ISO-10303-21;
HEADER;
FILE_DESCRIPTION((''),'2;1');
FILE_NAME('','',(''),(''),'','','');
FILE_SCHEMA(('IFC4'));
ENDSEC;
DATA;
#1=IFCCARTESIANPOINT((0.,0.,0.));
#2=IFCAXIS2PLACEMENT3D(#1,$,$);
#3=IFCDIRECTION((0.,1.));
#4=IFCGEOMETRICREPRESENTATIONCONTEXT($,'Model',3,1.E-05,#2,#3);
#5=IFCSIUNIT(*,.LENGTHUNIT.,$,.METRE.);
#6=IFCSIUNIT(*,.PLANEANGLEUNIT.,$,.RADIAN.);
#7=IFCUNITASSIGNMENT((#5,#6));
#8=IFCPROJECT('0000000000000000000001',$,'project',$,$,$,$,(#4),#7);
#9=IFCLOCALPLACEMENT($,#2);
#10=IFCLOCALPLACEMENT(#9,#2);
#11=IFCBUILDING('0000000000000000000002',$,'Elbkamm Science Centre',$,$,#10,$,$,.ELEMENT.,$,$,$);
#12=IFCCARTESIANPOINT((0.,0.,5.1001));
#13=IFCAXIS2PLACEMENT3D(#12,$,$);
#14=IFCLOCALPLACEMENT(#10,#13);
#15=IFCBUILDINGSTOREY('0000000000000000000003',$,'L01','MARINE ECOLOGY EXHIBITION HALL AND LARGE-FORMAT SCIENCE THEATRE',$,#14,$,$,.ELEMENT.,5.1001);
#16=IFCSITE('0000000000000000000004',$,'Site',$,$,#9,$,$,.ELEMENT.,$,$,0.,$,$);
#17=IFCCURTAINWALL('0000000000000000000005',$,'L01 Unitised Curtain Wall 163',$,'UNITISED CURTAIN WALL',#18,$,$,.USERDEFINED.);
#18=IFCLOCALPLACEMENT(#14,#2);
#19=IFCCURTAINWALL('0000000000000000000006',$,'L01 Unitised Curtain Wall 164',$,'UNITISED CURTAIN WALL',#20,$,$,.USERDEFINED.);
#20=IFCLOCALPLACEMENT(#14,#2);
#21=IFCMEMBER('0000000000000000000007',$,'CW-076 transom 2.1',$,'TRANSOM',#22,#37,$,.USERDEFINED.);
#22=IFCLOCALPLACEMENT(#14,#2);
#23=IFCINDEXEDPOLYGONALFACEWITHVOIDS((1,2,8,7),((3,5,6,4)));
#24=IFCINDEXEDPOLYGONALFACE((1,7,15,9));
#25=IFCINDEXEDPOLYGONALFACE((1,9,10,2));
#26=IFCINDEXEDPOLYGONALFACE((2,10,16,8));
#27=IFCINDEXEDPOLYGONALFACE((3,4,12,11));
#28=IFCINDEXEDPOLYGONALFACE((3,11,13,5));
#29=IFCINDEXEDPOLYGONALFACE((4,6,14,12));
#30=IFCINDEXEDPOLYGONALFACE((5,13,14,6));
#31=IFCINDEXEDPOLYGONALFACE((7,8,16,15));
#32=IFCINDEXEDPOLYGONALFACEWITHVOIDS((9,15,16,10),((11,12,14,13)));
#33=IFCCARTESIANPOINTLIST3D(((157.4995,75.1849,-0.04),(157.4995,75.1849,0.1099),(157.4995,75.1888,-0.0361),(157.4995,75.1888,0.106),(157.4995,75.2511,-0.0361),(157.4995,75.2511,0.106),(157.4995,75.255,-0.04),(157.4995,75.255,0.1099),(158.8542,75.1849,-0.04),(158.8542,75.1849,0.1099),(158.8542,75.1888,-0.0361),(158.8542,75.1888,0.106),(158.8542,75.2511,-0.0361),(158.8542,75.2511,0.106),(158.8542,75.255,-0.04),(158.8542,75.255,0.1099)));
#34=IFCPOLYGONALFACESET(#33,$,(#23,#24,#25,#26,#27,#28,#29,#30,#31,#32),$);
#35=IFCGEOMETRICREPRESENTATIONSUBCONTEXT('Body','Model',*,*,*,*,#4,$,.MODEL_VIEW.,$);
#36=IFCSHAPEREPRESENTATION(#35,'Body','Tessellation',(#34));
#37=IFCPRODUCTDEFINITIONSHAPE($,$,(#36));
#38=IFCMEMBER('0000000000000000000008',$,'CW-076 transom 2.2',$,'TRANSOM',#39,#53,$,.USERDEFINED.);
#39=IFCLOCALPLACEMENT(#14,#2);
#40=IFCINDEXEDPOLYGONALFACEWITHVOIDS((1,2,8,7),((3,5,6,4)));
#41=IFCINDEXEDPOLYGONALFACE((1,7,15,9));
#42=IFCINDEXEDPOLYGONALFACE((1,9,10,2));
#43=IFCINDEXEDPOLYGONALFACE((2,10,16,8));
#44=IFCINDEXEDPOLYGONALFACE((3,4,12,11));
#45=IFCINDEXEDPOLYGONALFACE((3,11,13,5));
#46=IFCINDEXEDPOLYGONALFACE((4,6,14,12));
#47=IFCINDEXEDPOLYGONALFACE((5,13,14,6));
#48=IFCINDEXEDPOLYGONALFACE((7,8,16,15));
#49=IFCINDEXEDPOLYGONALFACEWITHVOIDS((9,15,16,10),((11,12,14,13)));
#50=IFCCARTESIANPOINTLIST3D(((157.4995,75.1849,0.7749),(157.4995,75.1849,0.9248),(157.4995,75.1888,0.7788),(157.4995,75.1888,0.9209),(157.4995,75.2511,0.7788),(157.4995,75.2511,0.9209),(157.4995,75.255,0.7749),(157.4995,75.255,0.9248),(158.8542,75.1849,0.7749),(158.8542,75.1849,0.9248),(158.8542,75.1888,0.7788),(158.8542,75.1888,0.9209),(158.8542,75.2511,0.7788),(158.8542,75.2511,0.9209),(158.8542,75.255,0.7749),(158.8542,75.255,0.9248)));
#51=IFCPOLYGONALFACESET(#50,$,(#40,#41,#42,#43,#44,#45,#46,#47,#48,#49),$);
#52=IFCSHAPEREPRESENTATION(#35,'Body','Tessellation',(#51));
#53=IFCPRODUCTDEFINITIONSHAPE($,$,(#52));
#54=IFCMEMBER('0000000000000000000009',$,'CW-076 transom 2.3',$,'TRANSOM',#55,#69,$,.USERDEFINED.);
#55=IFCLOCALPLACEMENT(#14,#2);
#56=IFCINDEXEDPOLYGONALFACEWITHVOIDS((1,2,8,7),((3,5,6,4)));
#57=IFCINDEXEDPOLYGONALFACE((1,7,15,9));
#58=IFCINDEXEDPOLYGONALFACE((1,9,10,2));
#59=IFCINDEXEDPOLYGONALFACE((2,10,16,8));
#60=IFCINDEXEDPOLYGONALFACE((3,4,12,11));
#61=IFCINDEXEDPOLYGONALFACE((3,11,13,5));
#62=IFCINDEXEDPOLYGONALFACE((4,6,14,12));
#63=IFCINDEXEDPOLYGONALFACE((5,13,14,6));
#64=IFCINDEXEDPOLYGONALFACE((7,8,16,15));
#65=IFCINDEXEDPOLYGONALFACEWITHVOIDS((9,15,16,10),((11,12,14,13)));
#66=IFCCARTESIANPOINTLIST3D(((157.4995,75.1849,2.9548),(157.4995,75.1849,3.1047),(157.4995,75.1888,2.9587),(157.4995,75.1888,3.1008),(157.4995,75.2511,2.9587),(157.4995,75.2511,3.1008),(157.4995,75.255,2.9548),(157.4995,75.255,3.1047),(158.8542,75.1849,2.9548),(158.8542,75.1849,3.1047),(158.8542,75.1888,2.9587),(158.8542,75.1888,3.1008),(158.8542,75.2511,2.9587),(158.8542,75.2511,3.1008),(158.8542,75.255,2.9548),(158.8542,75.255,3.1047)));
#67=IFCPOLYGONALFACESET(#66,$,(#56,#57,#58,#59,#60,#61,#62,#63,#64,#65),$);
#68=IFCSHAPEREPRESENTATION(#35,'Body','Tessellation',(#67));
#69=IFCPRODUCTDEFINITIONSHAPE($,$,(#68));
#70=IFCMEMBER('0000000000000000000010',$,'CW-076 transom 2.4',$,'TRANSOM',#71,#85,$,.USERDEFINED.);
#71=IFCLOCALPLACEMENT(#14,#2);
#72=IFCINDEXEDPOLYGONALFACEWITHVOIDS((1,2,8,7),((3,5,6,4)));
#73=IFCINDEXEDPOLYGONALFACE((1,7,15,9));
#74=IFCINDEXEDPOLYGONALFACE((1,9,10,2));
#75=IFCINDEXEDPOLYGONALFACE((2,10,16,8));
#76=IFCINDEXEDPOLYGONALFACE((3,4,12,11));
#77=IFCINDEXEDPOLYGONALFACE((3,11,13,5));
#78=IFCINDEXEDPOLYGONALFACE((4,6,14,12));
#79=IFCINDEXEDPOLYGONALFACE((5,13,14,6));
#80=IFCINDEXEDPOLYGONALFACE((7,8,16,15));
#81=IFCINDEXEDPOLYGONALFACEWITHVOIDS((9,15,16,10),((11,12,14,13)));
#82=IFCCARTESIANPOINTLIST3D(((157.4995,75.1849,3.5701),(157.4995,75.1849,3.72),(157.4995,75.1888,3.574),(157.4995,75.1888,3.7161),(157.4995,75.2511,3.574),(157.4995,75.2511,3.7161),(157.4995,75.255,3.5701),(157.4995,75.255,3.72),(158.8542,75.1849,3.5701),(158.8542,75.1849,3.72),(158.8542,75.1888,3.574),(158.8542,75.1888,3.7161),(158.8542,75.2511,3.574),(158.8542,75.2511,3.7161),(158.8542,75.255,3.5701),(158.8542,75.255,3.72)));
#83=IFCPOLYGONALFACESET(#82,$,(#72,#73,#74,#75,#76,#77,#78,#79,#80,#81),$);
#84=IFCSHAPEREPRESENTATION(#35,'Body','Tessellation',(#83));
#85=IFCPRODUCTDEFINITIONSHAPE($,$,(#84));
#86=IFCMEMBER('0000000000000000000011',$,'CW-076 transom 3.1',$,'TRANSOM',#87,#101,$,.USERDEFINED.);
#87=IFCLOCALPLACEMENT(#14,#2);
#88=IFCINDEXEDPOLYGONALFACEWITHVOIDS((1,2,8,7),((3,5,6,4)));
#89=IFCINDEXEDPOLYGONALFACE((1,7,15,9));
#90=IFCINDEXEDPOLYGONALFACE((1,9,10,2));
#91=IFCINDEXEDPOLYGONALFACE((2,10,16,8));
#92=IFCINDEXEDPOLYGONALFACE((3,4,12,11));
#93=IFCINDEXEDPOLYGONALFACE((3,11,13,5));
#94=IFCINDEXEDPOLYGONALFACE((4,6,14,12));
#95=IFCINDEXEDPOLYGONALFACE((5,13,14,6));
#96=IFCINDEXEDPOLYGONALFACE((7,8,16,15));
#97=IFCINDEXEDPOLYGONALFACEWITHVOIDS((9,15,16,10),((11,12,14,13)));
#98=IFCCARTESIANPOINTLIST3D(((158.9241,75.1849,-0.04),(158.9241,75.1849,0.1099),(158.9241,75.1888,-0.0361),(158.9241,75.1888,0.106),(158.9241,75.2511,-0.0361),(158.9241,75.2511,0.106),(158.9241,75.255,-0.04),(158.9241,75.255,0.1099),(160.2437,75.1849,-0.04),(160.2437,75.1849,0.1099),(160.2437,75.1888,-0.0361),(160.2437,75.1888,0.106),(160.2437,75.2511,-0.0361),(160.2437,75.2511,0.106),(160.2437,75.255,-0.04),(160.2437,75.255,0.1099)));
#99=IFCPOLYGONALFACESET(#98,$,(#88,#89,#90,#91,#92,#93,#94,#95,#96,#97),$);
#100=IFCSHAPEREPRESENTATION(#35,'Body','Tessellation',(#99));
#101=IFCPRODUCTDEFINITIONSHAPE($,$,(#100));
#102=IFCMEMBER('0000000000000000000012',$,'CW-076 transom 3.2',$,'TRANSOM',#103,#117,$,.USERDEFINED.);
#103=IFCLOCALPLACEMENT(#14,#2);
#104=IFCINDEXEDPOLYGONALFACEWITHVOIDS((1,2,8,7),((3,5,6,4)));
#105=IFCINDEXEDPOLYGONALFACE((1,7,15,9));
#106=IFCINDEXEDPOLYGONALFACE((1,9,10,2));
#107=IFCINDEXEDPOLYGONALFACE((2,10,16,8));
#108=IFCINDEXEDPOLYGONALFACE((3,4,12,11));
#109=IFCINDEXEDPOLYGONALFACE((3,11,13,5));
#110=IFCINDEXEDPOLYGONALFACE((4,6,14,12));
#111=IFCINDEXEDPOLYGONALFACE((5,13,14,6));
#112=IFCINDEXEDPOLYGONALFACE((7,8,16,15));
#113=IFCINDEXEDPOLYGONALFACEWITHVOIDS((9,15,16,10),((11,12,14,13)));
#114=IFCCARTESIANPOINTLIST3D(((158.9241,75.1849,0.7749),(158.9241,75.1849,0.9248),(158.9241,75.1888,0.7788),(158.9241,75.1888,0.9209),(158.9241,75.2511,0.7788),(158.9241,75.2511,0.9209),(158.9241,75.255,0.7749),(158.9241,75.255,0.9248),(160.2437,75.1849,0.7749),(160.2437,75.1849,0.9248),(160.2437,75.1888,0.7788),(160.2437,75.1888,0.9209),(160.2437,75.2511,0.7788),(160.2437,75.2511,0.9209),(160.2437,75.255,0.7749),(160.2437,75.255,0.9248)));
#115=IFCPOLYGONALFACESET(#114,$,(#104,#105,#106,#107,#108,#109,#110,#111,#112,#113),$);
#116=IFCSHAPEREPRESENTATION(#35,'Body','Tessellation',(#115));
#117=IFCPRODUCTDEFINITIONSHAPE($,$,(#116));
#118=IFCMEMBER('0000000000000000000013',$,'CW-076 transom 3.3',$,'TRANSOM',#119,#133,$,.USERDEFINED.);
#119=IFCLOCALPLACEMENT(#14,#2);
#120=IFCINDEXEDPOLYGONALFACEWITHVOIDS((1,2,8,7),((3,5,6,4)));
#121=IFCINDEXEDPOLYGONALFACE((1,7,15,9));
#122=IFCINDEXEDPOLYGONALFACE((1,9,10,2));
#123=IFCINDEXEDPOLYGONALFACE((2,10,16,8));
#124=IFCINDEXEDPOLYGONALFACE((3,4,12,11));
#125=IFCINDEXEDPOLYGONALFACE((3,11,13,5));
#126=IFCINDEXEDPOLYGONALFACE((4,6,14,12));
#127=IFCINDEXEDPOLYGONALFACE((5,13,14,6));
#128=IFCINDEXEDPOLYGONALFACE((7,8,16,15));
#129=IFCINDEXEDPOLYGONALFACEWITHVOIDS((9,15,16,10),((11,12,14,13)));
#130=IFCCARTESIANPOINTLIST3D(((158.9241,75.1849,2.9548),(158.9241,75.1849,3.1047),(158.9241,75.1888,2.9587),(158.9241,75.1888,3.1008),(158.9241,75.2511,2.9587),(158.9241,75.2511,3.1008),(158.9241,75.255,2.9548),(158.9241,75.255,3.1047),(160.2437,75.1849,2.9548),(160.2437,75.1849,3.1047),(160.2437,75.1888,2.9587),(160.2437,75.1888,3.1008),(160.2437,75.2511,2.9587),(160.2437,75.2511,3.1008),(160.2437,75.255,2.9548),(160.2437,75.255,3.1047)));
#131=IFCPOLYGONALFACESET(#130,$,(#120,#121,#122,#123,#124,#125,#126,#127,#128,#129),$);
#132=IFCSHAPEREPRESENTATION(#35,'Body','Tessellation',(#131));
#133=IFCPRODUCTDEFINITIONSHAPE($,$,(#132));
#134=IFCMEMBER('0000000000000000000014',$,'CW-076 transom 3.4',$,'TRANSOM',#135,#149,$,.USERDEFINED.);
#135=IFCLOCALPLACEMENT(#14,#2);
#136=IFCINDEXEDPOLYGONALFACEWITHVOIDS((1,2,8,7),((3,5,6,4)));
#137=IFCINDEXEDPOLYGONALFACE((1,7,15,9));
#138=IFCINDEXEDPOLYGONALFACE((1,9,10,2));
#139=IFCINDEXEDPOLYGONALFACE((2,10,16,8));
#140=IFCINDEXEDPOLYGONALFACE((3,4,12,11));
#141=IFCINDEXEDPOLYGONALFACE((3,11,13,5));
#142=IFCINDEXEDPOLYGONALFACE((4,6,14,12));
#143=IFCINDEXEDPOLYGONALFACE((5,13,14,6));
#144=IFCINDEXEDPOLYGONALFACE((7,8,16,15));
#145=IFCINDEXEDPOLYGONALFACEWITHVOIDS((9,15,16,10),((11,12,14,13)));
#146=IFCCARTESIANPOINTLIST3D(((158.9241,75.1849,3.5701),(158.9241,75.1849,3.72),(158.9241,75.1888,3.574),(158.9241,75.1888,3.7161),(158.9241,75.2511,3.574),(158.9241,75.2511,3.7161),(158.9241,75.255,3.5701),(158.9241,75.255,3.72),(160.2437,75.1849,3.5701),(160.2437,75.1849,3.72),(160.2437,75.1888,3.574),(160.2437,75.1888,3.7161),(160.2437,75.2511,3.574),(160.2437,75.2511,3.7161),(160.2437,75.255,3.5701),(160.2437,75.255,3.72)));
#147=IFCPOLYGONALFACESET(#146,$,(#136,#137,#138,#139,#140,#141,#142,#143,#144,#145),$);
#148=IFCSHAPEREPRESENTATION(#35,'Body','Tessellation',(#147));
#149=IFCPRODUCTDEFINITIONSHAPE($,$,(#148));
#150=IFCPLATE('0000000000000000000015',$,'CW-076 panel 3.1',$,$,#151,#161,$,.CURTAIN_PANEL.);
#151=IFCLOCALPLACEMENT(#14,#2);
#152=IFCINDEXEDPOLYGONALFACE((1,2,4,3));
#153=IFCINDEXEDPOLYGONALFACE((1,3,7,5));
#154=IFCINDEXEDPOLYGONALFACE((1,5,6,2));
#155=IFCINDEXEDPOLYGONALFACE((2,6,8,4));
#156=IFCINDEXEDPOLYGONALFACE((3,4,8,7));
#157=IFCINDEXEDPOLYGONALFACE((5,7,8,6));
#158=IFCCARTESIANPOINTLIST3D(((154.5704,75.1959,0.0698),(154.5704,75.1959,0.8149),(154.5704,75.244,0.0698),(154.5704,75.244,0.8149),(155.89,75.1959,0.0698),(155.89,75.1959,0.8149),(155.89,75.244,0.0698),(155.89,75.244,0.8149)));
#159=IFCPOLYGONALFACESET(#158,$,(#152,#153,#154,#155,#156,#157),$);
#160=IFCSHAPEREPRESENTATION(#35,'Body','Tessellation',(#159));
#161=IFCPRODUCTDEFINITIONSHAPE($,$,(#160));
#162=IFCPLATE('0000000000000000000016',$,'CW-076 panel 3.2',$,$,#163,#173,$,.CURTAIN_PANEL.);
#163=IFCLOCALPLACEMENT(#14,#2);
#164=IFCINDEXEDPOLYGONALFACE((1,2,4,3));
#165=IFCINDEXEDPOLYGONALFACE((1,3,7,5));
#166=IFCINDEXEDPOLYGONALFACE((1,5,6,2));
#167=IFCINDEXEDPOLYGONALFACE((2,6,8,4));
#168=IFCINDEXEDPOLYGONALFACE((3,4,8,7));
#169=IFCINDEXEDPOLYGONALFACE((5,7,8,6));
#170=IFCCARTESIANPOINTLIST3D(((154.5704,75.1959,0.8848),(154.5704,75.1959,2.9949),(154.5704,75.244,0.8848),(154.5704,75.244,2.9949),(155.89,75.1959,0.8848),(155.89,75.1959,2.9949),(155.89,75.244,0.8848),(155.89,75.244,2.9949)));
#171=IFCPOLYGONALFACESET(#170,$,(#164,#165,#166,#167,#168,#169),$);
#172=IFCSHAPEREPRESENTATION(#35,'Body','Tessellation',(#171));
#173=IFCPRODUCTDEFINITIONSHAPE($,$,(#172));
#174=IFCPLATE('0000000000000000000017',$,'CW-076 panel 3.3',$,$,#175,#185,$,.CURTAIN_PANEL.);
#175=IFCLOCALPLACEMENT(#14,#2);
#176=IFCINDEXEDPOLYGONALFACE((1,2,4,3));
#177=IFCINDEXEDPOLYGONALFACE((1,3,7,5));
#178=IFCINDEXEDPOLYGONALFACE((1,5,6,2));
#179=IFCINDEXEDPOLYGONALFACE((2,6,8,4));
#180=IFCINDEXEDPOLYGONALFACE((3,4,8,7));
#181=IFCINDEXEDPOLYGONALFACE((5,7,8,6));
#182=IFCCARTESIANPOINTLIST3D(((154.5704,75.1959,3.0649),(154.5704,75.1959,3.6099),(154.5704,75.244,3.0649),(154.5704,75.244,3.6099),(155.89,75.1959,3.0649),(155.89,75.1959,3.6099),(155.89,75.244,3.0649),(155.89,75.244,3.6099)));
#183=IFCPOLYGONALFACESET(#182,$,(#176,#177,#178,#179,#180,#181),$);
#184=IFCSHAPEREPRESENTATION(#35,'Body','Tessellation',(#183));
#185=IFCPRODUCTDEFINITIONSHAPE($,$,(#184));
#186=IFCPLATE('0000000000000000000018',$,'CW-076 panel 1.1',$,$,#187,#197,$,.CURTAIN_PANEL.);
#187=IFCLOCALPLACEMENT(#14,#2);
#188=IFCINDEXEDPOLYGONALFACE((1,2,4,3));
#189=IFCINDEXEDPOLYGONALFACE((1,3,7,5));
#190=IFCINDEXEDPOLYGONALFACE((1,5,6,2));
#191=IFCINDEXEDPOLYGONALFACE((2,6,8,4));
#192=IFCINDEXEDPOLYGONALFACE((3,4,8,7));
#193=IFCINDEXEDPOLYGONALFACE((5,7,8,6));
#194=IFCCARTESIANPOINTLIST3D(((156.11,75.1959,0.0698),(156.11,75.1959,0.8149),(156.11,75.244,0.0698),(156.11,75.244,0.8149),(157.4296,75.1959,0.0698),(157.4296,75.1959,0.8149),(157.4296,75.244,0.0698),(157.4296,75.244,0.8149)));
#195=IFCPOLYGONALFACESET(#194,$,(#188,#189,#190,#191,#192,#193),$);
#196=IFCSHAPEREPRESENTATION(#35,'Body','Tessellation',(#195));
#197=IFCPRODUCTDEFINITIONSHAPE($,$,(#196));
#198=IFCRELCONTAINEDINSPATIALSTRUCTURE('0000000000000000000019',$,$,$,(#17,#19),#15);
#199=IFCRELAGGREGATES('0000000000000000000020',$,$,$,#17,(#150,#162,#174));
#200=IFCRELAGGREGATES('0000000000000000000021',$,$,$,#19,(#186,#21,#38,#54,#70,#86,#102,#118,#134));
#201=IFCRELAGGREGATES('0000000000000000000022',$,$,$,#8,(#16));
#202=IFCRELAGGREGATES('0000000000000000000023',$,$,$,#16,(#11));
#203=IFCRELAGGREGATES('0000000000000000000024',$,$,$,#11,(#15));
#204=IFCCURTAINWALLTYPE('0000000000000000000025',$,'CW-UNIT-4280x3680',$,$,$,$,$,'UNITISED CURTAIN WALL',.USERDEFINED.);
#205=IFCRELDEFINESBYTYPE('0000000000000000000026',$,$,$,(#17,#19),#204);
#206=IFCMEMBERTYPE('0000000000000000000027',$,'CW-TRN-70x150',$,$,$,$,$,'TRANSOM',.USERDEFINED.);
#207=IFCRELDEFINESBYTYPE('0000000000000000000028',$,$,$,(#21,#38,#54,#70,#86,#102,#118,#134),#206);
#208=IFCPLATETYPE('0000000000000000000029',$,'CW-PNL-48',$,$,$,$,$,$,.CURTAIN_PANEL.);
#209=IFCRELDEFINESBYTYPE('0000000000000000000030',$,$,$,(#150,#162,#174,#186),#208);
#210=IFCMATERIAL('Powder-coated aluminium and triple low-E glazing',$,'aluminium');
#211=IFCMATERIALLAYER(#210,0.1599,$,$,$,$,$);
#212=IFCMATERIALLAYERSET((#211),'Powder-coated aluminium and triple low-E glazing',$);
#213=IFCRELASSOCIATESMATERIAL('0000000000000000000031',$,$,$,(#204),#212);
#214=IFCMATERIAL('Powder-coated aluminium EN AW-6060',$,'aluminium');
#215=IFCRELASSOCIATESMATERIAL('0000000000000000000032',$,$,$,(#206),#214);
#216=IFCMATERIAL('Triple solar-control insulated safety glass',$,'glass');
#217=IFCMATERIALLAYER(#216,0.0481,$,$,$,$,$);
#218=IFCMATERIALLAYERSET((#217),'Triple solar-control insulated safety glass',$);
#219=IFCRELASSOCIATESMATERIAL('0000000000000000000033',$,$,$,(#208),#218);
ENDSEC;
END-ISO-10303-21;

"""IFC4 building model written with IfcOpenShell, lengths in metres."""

from ifc_helpers import new_model, si_unit, direction, frame, origin, origin_2d, place, context, subcontext, project, spatial, rectangle, hollow_rectangle, extrude, material, layer, layer_set, material_profile, profile_set, type_object, element, aggregate, save


model = new_model("IFC4")

# Units and contexts
model_context = context("Model", 3, precision=1e-05, world=origin(), true_north=direction((0.0, 1.0)))
body_context = subcontext(model_context, "Body", "Model", "MODEL_VIEW")
ifc_project = project(units=[si_unit("LENGTHUNIT", "METRE"), si_unit("PLANEANGLEUNIT", "RADIAN")], contexts=[model_context])

# Site, building, storey
site_placement = place(None, origin())
site = spatial("IfcSite", under=ifc_project, at=site_placement, Name="Site", CompositionType="ELEMENT", RefElevation=0.0)
building_placement = place(site_placement, origin())
building = spatial("IfcBuilding", under=site, at=building_placement, Name="Elbkamm Science Centre", CompositionType="ELEMENT")
storey_placement = place(building_placement, frame((0.0, 0.0, 5.1001)))
storey = spatial("IfcBuildingStorey", under=building, at=storey_placement, Name="L01", Description="MARINE ECOLOGY EXHIBITION HALL AND LARGE-FORMAT SCIENCE THEATRE", CompositionType="ELEMENT", Elevation=5.1001)

# Curtain wall
ifc_material_1 = material(Name="Powder-coated aluminium and triple low-E glazing", Category="aluminium")
ifc_layer_1 = layer(ifc_material_1, 0.1599)
ifc_layer_set_1 = layer_set([ifc_layer_1], Name="Powder-coated aluminium and triple low-E glazing")
curtain_wall_type = type_object("IfcCurtainWallType", Name="CW-UNIT-4280x3680", ElementType="UNITISED CURTAIN WALL", PredefinedType="USERDEFINED", material=ifc_layer_set_1)
curtain_wall_1_placement = place(storey_placement, origin())
curtain_wall_1 = element("IfcCurtainWall", 1, at=curtain_wall_1_placement, inside=storey, type_object=curtain_wall_type, Name="L01 Unitised Curtain Wall 163", ObjectType="UNITISED CURTAIN WALL", PredefinedType="USERDEFINED")
ifc_material_2 = material(Name="Powder-coated aluminium EN AW-6060", Category="aluminium")

# Curtain wall
curtain_wall_2_placement = place(storey_placement, origin())
curtain_wall_2 = element("IfcCurtainWall", 2, at=curtain_wall_2_placement, inside=storey, type_object=curtain_wall_type, Name="L01 Unitised Curtain Wall 164", ObjectType="UNITISED CURTAIN WALL", PredefinedType="USERDEFINED")

# Members
ifc_material_profile_1 = material_profile(ifc_material_2, hollow_rectangle(XDim=0.0701, YDim=0.1499, WallThickness=0.0039, at=origin_2d()), Name="ALU T70x150")
ifc_profile_set_1 = profile_set([ifc_material_profile_1], Name="Powder-coated aluminium EN AW-6060")
member_type_1 = type_object("IfcMemberType", Name="CW-TRN-70x150", ElementType="TRANSOM", PredefinedType="USERDEFINED", material=ifc_profile_set_1)
member_1_placement = place(storey_placement, frame((157.4995, 75.22, 0.0349), z_axis=(1.0, 0.0, 0.0), x_axis=(0.0, 1.0, 0.0)))
member_1 = element("IfcMember", 3, at=member_1_placement, type_object=member_type_1, Name="CW-076 transom 2.1", ObjectType="TRANSOM", PredefinedType="USERDEFINED", context=body_context, shape_type="SweptSolid", body=[
    extrude(hollow_rectangle(XDim=0.0701, YDim=0.1499, WallThickness=0.0039, at=origin_2d()), origin(), (0.0, 0.0, 1.0), 1.3547),
])
member_2_placement = place(storey_placement, frame((157.4995, 75.22, 0.8499), z_axis=(1.0, 0.0, 0.0), x_axis=(0.0, 1.0, 0.0)))
member_2 = element("IfcMember", 4, at=member_2_placement, type_object=member_type_1, Name="CW-076 transom 2.2", ObjectType="TRANSOM", PredefinedType="USERDEFINED", context=body_context, shape_type="SweptSolid", body=[
    extrude(hollow_rectangle(XDim=0.0701, YDim=0.1499, WallThickness=0.0039, at=origin_2d()), origin(), (0.0, 0.0, 1.0), 1.3547),
])
member_3_placement = place(storey_placement, frame((157.4995, 75.22, 3.0298), z_axis=(1.0, 0.0, 0.0), x_axis=(0.0, 1.0, 0.0)))
member_3 = element("IfcMember", 5, at=member_3_placement, type_object=member_type_1, Name="CW-076 transom 2.3", ObjectType="TRANSOM", PredefinedType="USERDEFINED", context=body_context, shape_type="SweptSolid", body=[
    extrude(hollow_rectangle(XDim=0.0701, YDim=0.1499, WallThickness=0.0039, at=origin_2d()), origin(), (0.0, 0.0, 1.0), 1.3547),
])
member_4_placement = place(storey_placement, frame((157.4995, 75.22, 3.645), z_axis=(1.0, 0.0, 0.0), x_axis=(0.0, 1.0, 0.0)))
member_4 = element("IfcMember", 6, at=member_4_placement, type_object=member_type_1, Name="CW-076 transom 2.4", ObjectType="TRANSOM", PredefinedType="USERDEFINED", context=body_context, shape_type="SweptSolid", body=[
    extrude(hollow_rectangle(XDim=0.0701, YDim=0.1499, WallThickness=0.0039, at=origin_2d()), origin(), (0.0, 0.0, 1.0), 1.3547),
])
member_5_placement = place(storey_placement, frame((158.9241, 75.22, 0.0349), z_axis=(1.0, 0.0, 0.0), x_axis=(0.0, 1.0, 0.0)))
member_5 = element("IfcMember", 7, at=member_5_placement, type_object=member_type_1, Name="CW-076 transom 3.1", ObjectType="TRANSOM", PredefinedType="USERDEFINED", context=body_context, shape_type="SweptSolid", body=[
    extrude(hollow_rectangle(XDim=0.0701, YDim=0.1499, WallThickness=0.0039, at=origin_2d()), origin(), (0.0, 0.0, 1.0), 1.3196),
])
member_6_placement = place(storey_placement, frame((158.9241, 75.22, 0.8499), z_axis=(1.0, 0.0, 0.0), x_axis=(0.0, 1.0, 0.0)))
member_6 = element("IfcMember", 8, at=member_6_placement, type_object=member_type_1, Name="CW-076 transom 3.2", ObjectType="TRANSOM", PredefinedType="USERDEFINED", context=body_context, shape_type="SweptSolid", body=[
    extrude(hollow_rectangle(XDim=0.0701, YDim=0.1499, WallThickness=0.0039, at=origin_2d()), origin(), (0.0, 0.0, 1.0), 1.3196),
])
member_7_placement = place(storey_placement, frame((158.9241, 75.22, 3.0298), z_axis=(1.0, 0.0, 0.0), x_axis=(0.0, 1.0, 0.0)))
member_7 = element("IfcMember", 9, at=member_7_placement, type_object=member_type_1, Name="CW-076 transom 3.3", ObjectType="TRANSOM", PredefinedType="USERDEFINED", context=body_context, shape_type="SweptSolid", body=[
    extrude(hollow_rectangle(XDim=0.0701, YDim=0.1499, WallThickness=0.0039, at=origin_2d()), origin(), (0.0, 0.0, 1.0), 1.3196),
])
member_8_placement = place(storey_placement, frame((158.9241, 75.22, 3.645), z_axis=(1.0, 0.0, 0.0), x_axis=(0.0, 1.0, 0.0)))
member_8 = element("IfcMember", 10, at=member_8_placement, type_object=member_type_1, Name="CW-076 transom 3.4", ObjectType="TRANSOM", PredefinedType="USERDEFINED", context=body_context, shape_type="SweptSolid", body=[
    extrude(hollow_rectangle(XDim=0.0701, YDim=0.1499, WallThickness=0.0039, at=origin_2d()), origin(), (0.0, 0.0, 1.0), 1.3196),
])

# Plates
ifc_material_3 = material(Name="Triple solar-control insulated safety glass", Category="glass")
ifc_layer_2 = layer(ifc_material_3, 0.0481)
ifc_layer_set_2 = layer_set([ifc_layer_2], Name="Triple solar-control insulated safety glass")
plate_type = type_object("IfcPlateType", Name="CW-PNL-48", PredefinedType="CURTAIN_PANEL", material=ifc_layer_set_2)
plate_1_placement = place(storey_placement, frame((155.2302, 75.22, 0.0698), z_axis=(0.0, 0.0, 1.0), x_axis=(1.0, 0.0, 0.0)))
plate_1 = element("IfcPlate", 11, at=plate_1_placement, type_object=plate_type, Name="CW-076 panel 3.1", PredefinedType="CURTAIN_PANEL", context=body_context, shape_type="SweptSolid", body=[
    extrude(rectangle(XDim=1.3196, YDim=0.0481, at=origin_2d()), origin(), (0.0, 0.0, 1.0), 0.7451),
])
plate_2_placement = place(storey_placement, frame((155.2302, 75.22, 0.8848), z_axis=(0.0, 0.0, 1.0), x_axis=(1.0, 0.0, 0.0)))
plate_2 = element("IfcPlate", 12, at=plate_2_placement, type_object=plate_type, Name="CW-076 panel 3.2", PredefinedType="CURTAIN_PANEL", context=body_context, shape_type="SweptSolid", body=[
    extrude(rectangle(XDim=1.3196, YDim=0.0481, at=origin_2d()), origin(), (0.0, 0.0, 1.0), 2.1101),
])
plate_3_placement = place(storey_placement, frame((155.2302, 75.22, 3.0649), z_axis=(0.0, 0.0, 1.0), x_axis=(1.0, 0.0, 0.0)))
plate_3 = element("IfcPlate", 13, at=plate_3_placement, type_object=plate_type, Name="CW-076 panel 3.3", PredefinedType="CURTAIN_PANEL", context=body_context, shape_type="SweptSolid", body=[
    extrude(rectangle(XDim=1.3196, YDim=0.0481, at=origin_2d()), origin(), (0.0, 0.0, 1.0), 0.5449),
])
aggregate(curtain_wall_1, [plate_1, plate_2, plate_3])
plate_4_placement = place(storey_placement, frame((156.7698, 75.22, 0.0698), z_axis=(0.0, 0.0, 1.0), x_axis=(1.0, 0.0, 0.0)))
plate_4 = element("IfcPlate", 14, at=plate_4_placement, type_object=plate_type, Name="CW-076 panel 1.1", PredefinedType="CURTAIN_PANEL", context=body_context, shape_type="SweptSolid", body=[
    extrude(rectangle(XDim=1.3196, YDim=0.0481, at=origin_2d()), origin(), (0.0, 0.0, 1.0), 0.7451),
])
aggregate(curtain_wall_2, [plate_4, member_1, member_2, member_3, member_4, member_5, member_6, member_7, member_8])

save(model, "model.ifc")
